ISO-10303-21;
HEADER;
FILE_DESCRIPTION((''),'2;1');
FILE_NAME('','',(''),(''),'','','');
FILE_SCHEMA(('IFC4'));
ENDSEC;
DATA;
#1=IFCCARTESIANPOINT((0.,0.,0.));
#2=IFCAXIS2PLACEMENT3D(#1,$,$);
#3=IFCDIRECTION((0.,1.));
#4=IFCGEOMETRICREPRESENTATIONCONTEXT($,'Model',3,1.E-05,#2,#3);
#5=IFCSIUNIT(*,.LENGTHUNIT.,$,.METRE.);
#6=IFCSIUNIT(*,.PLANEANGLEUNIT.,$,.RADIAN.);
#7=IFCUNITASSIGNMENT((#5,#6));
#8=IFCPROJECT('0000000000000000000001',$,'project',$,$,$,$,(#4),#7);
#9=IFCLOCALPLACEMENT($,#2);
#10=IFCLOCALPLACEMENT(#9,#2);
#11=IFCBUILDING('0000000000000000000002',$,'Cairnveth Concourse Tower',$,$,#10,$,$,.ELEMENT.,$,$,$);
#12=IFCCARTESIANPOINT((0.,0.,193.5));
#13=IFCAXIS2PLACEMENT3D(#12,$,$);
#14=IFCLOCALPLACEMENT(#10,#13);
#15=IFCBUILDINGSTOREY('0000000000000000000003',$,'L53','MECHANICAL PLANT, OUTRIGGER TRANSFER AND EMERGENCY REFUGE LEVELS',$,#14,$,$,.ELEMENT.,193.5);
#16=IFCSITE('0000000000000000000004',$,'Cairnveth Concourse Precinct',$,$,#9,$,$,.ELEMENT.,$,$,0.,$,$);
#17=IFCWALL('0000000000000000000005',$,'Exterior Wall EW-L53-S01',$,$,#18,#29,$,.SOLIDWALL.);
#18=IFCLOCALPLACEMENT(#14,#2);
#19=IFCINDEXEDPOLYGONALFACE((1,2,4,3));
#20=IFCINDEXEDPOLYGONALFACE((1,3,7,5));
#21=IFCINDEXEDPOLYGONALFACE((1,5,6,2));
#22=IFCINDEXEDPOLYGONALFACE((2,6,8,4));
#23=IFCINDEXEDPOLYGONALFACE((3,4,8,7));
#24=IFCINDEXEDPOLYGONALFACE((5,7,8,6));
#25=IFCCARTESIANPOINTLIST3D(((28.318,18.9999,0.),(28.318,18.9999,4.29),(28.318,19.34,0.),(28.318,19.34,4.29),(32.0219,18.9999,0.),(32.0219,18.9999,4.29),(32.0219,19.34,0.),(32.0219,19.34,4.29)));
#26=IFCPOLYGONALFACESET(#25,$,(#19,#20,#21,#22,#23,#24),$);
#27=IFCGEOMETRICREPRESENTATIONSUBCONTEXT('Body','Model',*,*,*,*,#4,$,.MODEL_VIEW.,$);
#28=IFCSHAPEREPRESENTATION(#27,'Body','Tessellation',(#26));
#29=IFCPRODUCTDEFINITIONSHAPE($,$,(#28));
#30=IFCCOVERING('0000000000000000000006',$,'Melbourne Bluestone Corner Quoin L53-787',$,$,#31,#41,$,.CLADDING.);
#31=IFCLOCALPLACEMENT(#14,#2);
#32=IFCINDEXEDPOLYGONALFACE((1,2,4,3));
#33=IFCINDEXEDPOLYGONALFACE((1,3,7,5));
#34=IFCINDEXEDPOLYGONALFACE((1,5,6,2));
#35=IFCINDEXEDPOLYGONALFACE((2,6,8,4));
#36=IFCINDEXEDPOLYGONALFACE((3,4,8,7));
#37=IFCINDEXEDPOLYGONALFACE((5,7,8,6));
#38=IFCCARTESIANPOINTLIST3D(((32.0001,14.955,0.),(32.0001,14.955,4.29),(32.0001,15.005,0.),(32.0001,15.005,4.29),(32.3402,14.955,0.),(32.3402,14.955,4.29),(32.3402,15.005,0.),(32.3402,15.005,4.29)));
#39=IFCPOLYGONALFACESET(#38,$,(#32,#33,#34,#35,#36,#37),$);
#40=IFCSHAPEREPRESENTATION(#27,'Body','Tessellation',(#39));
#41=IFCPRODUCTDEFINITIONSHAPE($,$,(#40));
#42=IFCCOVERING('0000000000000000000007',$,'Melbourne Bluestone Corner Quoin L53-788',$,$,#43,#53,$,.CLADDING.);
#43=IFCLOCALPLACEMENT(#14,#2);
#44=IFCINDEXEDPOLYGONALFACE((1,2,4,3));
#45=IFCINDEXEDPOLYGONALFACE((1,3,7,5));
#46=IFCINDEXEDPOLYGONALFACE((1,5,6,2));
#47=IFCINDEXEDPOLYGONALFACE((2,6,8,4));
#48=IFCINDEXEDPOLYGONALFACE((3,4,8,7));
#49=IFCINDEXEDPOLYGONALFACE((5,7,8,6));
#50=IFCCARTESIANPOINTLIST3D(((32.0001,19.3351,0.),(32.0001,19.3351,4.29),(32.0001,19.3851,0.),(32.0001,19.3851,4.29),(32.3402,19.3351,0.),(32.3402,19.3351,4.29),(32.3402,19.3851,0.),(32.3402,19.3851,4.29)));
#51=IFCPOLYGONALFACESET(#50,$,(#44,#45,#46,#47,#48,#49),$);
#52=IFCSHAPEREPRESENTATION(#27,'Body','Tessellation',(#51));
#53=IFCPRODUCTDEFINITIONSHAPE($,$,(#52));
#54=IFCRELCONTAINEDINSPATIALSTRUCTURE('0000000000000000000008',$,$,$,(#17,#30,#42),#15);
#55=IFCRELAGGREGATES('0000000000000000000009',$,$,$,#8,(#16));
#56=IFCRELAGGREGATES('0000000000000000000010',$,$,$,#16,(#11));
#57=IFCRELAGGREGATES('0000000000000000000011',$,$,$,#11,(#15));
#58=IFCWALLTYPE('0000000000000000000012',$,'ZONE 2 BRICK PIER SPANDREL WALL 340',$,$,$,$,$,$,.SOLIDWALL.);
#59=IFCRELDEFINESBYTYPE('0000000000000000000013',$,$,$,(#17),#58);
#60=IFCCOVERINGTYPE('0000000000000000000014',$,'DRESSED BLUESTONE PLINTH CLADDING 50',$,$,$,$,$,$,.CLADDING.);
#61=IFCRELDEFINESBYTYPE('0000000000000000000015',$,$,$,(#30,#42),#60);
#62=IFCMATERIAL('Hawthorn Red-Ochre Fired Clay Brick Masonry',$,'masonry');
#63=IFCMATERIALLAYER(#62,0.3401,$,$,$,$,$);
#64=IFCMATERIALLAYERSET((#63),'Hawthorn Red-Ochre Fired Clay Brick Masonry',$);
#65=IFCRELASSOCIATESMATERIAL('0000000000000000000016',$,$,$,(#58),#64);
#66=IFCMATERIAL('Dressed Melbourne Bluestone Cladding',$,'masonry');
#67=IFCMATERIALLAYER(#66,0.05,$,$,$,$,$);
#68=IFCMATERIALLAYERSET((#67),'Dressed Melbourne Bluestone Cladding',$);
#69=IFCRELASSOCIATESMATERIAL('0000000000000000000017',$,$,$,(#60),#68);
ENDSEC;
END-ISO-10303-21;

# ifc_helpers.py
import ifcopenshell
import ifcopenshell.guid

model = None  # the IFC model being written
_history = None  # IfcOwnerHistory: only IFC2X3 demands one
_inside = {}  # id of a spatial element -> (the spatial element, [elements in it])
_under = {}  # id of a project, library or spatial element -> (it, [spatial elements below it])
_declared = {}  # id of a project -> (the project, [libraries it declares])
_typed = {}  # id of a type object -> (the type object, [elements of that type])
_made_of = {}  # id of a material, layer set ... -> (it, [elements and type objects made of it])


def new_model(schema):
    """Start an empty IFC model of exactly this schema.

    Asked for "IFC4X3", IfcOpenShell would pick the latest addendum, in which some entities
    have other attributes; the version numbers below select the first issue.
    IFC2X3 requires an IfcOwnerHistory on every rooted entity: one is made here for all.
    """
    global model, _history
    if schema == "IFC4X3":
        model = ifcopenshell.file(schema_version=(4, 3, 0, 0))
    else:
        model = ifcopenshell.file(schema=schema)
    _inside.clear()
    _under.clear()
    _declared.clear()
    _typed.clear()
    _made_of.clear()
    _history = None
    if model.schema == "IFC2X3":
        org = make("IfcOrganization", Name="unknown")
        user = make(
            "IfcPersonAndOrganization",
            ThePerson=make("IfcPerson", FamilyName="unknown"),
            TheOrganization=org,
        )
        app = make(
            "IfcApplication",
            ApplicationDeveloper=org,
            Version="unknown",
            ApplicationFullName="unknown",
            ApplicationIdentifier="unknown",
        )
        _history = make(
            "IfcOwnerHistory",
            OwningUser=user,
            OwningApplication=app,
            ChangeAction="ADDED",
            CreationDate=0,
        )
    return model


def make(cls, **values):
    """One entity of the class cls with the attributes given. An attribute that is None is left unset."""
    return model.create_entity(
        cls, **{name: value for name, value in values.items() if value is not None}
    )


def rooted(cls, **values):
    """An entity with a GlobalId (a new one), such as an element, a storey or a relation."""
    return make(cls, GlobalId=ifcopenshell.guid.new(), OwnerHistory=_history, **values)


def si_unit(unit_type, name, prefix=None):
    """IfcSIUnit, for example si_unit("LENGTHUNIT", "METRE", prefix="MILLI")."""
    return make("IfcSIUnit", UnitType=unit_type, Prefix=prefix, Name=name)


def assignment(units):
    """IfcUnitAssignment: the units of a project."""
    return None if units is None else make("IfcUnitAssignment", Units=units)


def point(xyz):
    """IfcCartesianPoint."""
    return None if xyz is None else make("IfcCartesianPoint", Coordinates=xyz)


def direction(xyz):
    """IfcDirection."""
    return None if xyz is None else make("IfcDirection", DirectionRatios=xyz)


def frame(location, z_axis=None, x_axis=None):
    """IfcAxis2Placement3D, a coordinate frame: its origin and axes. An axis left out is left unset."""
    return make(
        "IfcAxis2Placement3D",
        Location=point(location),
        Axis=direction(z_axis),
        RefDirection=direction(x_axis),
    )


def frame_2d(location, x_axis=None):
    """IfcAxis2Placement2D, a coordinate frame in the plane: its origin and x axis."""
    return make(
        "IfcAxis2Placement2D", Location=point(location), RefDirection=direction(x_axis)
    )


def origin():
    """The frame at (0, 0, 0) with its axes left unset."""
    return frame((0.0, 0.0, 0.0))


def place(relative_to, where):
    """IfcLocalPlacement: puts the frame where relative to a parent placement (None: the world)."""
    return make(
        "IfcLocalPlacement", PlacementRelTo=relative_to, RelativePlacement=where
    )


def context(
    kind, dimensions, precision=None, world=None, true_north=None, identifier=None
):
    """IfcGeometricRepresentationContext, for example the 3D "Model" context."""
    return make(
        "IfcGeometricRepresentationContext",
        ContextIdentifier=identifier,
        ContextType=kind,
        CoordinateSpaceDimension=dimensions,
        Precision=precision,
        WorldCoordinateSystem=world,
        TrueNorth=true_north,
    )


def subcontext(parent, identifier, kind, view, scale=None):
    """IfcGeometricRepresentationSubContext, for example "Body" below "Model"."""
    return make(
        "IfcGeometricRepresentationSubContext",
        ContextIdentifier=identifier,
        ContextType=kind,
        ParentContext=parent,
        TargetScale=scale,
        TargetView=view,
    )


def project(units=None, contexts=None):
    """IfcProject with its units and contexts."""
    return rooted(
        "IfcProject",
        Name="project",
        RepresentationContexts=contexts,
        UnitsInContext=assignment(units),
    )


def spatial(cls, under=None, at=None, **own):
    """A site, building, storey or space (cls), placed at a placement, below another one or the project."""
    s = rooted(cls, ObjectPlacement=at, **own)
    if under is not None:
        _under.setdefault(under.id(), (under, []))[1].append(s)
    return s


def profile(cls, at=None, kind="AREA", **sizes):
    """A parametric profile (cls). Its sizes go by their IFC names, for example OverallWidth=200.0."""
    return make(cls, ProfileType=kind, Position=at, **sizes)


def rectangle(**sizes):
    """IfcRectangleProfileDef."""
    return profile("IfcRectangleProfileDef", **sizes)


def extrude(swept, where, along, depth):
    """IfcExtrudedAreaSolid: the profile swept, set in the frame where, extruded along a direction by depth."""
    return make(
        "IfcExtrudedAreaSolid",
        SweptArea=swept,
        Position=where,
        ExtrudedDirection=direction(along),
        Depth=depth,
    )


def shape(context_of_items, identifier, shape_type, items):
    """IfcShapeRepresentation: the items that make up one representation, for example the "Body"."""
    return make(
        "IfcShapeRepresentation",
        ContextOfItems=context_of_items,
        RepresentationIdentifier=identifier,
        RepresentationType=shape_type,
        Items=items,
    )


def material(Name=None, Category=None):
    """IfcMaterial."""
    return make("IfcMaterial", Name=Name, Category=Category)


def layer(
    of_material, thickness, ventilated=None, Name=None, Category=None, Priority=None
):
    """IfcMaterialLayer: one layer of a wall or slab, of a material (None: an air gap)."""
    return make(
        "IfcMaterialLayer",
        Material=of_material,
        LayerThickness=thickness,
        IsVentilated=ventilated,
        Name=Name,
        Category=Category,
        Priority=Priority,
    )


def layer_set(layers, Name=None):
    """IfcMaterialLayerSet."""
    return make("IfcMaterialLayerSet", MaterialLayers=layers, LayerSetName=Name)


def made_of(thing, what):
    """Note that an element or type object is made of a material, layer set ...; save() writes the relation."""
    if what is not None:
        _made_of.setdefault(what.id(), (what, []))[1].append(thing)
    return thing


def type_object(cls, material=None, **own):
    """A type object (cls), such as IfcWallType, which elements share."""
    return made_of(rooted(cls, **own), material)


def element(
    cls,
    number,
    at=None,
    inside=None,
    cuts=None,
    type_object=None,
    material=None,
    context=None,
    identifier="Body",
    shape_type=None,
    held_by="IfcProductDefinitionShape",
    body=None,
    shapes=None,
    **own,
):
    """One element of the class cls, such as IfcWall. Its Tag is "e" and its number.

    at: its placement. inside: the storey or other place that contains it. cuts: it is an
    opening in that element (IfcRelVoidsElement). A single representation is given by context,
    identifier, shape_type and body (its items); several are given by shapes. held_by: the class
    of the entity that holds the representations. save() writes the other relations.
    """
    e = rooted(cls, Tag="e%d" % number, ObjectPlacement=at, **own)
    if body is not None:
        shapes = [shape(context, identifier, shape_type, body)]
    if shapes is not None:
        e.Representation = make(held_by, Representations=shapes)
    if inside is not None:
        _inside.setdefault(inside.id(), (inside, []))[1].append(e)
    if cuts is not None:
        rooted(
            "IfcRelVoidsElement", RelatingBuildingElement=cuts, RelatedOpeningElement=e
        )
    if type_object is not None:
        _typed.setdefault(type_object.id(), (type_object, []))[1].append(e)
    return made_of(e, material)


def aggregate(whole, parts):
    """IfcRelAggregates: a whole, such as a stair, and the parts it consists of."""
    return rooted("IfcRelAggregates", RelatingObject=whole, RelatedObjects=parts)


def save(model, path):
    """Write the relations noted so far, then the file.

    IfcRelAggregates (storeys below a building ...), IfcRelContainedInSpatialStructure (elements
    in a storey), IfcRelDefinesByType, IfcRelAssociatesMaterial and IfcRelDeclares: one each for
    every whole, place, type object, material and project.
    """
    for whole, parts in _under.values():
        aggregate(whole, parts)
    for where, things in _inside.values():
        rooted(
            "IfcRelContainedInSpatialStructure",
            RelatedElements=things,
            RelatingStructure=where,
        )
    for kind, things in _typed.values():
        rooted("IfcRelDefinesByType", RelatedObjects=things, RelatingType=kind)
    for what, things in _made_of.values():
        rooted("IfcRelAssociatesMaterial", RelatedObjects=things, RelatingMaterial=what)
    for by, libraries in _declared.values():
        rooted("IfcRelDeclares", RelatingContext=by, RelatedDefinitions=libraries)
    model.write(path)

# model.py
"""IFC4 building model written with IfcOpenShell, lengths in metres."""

from ifc_helpers import new_model, si_unit, direction, frame, frame_2d, origin, place, context, subcontext, project, spatial, rectangle, extrude, material, layer, layer_set, type_object, element, save


model = new_model("IFC4")

# Units and contexts
model_context = context("Model", 3, precision=1e-05, world=origin(), true_north=direction((0.0, 1.0)))
body_context = subcontext(model_context, "Body", "Model", "MODEL_VIEW")
ifc_project = project(units=[si_unit("LENGTHUNIT", "METRE"), si_unit("PLANEANGLEUNIT", "RADIAN")], contexts=[model_context])

# Site, building, storey
site_placement = place(None, origin())
site = spatial("IfcSite", under=ifc_project, at=site_placement, Name="Cairnveth Concourse Precinct", CompositionType="ELEMENT", RefElevation=0.0)
building_placement = place(site_placement, origin())
building = spatial("IfcBuilding", under=site, at=building_placement, Name="Cairnveth Concourse Tower", CompositionType="ELEMENT")
storey_placement = place(building_placement, frame((0.0, 0.0, 193.5)))
storey = spatial("IfcBuildingStorey", under=building, at=storey_placement, Name="L53", Description="MECHANICAL PLANT, OUTRIGGER TRANSFER AND EMERGENCY REFUGE LEVELS", CompositionType="ELEMENT", Elevation=193.5)

# Wall
ifc_material_1 = material(Name="Hawthorn Red-Ochre Fired Clay Brick Masonry", Category="masonry")
ifc_layer_1 = layer(ifc_material_1, 0.3401)
ifc_layer_set_1 = layer_set([ifc_layer_1], Name="Hawthorn Red-Ochre Fired Clay Brick Masonry")
wall_type_1 = type_object("IfcWallType", Name="ZONE 2 BRICK PIER SPANDREL WALL 340", PredefinedType="SOLIDWALL", material=ifc_layer_set_1)
wall_1_placement = place(storey_placement, frame((32.022, 19.1699, 0.0), z_axis=(0.0, 0.0, 1.0), x_axis=(-1.0, 0.0, 0.0)))
element("IfcWall", 1, at=wall_1_placement, inside=storey, type_object=wall_type_1, Name="Exterior Wall EW-L53-S01", PredefinedType="SOLIDWALL", context=body_context, shape_type="SweptSolid", body=[
    extrude(rectangle(XDim=3.7039, YDim=0.3401, at=frame_2d((1.8521, 0.0))), origin(), (0.0, 0.0, 1.0), 4.29),
])

# Coverings
ifc_material_2 = material(Name="Dressed Melbourne Bluestone Cladding", Category="masonry")
ifc_layer_2 = layer(ifc_material_2, 0.05)
ifc_layer_set_2 = layer_set([ifc_layer_2], Name="Dressed Melbourne Bluestone Cladding")
covering_type = type_object("IfcCoveringType", Name="DRESSED BLUESTONE PLINTH CLADDING 50", PredefinedType="CLADDING", material=ifc_layer_set_2)
for number, where, z_axis, x_axis, name in (
    (2, (32.3401, 14.98, 0.0), (0.0, 0.0, 1.0), (-1.0, 0.0, 0.0), "Melbourne Bluestone Corner Quoin L53-787"),
    (3, (32.3401, 19.3601, 0.0), (0.0, 0.0, 1.0), (-1.0, 0.0, 0.0), "Melbourne Bluestone Corner Quoin L53-788"),
):
    element("IfcCovering", number, at=place(storey_placement, frame(where, z_axis=z_axis, x_axis=x_axis)), inside=storey, type_object=covering_type, Name=name, PredefinedType="CLADDING", context=body_context, shape_type="SweptSolid", body=[
        extrude(rectangle(XDim=0.3401, YDim=0.05, at=frame_2d((0.1699, 0.0))), origin(), (0.0, 0.0, 1.0), 4.29),
    ])

save(model, "model.ifc")
